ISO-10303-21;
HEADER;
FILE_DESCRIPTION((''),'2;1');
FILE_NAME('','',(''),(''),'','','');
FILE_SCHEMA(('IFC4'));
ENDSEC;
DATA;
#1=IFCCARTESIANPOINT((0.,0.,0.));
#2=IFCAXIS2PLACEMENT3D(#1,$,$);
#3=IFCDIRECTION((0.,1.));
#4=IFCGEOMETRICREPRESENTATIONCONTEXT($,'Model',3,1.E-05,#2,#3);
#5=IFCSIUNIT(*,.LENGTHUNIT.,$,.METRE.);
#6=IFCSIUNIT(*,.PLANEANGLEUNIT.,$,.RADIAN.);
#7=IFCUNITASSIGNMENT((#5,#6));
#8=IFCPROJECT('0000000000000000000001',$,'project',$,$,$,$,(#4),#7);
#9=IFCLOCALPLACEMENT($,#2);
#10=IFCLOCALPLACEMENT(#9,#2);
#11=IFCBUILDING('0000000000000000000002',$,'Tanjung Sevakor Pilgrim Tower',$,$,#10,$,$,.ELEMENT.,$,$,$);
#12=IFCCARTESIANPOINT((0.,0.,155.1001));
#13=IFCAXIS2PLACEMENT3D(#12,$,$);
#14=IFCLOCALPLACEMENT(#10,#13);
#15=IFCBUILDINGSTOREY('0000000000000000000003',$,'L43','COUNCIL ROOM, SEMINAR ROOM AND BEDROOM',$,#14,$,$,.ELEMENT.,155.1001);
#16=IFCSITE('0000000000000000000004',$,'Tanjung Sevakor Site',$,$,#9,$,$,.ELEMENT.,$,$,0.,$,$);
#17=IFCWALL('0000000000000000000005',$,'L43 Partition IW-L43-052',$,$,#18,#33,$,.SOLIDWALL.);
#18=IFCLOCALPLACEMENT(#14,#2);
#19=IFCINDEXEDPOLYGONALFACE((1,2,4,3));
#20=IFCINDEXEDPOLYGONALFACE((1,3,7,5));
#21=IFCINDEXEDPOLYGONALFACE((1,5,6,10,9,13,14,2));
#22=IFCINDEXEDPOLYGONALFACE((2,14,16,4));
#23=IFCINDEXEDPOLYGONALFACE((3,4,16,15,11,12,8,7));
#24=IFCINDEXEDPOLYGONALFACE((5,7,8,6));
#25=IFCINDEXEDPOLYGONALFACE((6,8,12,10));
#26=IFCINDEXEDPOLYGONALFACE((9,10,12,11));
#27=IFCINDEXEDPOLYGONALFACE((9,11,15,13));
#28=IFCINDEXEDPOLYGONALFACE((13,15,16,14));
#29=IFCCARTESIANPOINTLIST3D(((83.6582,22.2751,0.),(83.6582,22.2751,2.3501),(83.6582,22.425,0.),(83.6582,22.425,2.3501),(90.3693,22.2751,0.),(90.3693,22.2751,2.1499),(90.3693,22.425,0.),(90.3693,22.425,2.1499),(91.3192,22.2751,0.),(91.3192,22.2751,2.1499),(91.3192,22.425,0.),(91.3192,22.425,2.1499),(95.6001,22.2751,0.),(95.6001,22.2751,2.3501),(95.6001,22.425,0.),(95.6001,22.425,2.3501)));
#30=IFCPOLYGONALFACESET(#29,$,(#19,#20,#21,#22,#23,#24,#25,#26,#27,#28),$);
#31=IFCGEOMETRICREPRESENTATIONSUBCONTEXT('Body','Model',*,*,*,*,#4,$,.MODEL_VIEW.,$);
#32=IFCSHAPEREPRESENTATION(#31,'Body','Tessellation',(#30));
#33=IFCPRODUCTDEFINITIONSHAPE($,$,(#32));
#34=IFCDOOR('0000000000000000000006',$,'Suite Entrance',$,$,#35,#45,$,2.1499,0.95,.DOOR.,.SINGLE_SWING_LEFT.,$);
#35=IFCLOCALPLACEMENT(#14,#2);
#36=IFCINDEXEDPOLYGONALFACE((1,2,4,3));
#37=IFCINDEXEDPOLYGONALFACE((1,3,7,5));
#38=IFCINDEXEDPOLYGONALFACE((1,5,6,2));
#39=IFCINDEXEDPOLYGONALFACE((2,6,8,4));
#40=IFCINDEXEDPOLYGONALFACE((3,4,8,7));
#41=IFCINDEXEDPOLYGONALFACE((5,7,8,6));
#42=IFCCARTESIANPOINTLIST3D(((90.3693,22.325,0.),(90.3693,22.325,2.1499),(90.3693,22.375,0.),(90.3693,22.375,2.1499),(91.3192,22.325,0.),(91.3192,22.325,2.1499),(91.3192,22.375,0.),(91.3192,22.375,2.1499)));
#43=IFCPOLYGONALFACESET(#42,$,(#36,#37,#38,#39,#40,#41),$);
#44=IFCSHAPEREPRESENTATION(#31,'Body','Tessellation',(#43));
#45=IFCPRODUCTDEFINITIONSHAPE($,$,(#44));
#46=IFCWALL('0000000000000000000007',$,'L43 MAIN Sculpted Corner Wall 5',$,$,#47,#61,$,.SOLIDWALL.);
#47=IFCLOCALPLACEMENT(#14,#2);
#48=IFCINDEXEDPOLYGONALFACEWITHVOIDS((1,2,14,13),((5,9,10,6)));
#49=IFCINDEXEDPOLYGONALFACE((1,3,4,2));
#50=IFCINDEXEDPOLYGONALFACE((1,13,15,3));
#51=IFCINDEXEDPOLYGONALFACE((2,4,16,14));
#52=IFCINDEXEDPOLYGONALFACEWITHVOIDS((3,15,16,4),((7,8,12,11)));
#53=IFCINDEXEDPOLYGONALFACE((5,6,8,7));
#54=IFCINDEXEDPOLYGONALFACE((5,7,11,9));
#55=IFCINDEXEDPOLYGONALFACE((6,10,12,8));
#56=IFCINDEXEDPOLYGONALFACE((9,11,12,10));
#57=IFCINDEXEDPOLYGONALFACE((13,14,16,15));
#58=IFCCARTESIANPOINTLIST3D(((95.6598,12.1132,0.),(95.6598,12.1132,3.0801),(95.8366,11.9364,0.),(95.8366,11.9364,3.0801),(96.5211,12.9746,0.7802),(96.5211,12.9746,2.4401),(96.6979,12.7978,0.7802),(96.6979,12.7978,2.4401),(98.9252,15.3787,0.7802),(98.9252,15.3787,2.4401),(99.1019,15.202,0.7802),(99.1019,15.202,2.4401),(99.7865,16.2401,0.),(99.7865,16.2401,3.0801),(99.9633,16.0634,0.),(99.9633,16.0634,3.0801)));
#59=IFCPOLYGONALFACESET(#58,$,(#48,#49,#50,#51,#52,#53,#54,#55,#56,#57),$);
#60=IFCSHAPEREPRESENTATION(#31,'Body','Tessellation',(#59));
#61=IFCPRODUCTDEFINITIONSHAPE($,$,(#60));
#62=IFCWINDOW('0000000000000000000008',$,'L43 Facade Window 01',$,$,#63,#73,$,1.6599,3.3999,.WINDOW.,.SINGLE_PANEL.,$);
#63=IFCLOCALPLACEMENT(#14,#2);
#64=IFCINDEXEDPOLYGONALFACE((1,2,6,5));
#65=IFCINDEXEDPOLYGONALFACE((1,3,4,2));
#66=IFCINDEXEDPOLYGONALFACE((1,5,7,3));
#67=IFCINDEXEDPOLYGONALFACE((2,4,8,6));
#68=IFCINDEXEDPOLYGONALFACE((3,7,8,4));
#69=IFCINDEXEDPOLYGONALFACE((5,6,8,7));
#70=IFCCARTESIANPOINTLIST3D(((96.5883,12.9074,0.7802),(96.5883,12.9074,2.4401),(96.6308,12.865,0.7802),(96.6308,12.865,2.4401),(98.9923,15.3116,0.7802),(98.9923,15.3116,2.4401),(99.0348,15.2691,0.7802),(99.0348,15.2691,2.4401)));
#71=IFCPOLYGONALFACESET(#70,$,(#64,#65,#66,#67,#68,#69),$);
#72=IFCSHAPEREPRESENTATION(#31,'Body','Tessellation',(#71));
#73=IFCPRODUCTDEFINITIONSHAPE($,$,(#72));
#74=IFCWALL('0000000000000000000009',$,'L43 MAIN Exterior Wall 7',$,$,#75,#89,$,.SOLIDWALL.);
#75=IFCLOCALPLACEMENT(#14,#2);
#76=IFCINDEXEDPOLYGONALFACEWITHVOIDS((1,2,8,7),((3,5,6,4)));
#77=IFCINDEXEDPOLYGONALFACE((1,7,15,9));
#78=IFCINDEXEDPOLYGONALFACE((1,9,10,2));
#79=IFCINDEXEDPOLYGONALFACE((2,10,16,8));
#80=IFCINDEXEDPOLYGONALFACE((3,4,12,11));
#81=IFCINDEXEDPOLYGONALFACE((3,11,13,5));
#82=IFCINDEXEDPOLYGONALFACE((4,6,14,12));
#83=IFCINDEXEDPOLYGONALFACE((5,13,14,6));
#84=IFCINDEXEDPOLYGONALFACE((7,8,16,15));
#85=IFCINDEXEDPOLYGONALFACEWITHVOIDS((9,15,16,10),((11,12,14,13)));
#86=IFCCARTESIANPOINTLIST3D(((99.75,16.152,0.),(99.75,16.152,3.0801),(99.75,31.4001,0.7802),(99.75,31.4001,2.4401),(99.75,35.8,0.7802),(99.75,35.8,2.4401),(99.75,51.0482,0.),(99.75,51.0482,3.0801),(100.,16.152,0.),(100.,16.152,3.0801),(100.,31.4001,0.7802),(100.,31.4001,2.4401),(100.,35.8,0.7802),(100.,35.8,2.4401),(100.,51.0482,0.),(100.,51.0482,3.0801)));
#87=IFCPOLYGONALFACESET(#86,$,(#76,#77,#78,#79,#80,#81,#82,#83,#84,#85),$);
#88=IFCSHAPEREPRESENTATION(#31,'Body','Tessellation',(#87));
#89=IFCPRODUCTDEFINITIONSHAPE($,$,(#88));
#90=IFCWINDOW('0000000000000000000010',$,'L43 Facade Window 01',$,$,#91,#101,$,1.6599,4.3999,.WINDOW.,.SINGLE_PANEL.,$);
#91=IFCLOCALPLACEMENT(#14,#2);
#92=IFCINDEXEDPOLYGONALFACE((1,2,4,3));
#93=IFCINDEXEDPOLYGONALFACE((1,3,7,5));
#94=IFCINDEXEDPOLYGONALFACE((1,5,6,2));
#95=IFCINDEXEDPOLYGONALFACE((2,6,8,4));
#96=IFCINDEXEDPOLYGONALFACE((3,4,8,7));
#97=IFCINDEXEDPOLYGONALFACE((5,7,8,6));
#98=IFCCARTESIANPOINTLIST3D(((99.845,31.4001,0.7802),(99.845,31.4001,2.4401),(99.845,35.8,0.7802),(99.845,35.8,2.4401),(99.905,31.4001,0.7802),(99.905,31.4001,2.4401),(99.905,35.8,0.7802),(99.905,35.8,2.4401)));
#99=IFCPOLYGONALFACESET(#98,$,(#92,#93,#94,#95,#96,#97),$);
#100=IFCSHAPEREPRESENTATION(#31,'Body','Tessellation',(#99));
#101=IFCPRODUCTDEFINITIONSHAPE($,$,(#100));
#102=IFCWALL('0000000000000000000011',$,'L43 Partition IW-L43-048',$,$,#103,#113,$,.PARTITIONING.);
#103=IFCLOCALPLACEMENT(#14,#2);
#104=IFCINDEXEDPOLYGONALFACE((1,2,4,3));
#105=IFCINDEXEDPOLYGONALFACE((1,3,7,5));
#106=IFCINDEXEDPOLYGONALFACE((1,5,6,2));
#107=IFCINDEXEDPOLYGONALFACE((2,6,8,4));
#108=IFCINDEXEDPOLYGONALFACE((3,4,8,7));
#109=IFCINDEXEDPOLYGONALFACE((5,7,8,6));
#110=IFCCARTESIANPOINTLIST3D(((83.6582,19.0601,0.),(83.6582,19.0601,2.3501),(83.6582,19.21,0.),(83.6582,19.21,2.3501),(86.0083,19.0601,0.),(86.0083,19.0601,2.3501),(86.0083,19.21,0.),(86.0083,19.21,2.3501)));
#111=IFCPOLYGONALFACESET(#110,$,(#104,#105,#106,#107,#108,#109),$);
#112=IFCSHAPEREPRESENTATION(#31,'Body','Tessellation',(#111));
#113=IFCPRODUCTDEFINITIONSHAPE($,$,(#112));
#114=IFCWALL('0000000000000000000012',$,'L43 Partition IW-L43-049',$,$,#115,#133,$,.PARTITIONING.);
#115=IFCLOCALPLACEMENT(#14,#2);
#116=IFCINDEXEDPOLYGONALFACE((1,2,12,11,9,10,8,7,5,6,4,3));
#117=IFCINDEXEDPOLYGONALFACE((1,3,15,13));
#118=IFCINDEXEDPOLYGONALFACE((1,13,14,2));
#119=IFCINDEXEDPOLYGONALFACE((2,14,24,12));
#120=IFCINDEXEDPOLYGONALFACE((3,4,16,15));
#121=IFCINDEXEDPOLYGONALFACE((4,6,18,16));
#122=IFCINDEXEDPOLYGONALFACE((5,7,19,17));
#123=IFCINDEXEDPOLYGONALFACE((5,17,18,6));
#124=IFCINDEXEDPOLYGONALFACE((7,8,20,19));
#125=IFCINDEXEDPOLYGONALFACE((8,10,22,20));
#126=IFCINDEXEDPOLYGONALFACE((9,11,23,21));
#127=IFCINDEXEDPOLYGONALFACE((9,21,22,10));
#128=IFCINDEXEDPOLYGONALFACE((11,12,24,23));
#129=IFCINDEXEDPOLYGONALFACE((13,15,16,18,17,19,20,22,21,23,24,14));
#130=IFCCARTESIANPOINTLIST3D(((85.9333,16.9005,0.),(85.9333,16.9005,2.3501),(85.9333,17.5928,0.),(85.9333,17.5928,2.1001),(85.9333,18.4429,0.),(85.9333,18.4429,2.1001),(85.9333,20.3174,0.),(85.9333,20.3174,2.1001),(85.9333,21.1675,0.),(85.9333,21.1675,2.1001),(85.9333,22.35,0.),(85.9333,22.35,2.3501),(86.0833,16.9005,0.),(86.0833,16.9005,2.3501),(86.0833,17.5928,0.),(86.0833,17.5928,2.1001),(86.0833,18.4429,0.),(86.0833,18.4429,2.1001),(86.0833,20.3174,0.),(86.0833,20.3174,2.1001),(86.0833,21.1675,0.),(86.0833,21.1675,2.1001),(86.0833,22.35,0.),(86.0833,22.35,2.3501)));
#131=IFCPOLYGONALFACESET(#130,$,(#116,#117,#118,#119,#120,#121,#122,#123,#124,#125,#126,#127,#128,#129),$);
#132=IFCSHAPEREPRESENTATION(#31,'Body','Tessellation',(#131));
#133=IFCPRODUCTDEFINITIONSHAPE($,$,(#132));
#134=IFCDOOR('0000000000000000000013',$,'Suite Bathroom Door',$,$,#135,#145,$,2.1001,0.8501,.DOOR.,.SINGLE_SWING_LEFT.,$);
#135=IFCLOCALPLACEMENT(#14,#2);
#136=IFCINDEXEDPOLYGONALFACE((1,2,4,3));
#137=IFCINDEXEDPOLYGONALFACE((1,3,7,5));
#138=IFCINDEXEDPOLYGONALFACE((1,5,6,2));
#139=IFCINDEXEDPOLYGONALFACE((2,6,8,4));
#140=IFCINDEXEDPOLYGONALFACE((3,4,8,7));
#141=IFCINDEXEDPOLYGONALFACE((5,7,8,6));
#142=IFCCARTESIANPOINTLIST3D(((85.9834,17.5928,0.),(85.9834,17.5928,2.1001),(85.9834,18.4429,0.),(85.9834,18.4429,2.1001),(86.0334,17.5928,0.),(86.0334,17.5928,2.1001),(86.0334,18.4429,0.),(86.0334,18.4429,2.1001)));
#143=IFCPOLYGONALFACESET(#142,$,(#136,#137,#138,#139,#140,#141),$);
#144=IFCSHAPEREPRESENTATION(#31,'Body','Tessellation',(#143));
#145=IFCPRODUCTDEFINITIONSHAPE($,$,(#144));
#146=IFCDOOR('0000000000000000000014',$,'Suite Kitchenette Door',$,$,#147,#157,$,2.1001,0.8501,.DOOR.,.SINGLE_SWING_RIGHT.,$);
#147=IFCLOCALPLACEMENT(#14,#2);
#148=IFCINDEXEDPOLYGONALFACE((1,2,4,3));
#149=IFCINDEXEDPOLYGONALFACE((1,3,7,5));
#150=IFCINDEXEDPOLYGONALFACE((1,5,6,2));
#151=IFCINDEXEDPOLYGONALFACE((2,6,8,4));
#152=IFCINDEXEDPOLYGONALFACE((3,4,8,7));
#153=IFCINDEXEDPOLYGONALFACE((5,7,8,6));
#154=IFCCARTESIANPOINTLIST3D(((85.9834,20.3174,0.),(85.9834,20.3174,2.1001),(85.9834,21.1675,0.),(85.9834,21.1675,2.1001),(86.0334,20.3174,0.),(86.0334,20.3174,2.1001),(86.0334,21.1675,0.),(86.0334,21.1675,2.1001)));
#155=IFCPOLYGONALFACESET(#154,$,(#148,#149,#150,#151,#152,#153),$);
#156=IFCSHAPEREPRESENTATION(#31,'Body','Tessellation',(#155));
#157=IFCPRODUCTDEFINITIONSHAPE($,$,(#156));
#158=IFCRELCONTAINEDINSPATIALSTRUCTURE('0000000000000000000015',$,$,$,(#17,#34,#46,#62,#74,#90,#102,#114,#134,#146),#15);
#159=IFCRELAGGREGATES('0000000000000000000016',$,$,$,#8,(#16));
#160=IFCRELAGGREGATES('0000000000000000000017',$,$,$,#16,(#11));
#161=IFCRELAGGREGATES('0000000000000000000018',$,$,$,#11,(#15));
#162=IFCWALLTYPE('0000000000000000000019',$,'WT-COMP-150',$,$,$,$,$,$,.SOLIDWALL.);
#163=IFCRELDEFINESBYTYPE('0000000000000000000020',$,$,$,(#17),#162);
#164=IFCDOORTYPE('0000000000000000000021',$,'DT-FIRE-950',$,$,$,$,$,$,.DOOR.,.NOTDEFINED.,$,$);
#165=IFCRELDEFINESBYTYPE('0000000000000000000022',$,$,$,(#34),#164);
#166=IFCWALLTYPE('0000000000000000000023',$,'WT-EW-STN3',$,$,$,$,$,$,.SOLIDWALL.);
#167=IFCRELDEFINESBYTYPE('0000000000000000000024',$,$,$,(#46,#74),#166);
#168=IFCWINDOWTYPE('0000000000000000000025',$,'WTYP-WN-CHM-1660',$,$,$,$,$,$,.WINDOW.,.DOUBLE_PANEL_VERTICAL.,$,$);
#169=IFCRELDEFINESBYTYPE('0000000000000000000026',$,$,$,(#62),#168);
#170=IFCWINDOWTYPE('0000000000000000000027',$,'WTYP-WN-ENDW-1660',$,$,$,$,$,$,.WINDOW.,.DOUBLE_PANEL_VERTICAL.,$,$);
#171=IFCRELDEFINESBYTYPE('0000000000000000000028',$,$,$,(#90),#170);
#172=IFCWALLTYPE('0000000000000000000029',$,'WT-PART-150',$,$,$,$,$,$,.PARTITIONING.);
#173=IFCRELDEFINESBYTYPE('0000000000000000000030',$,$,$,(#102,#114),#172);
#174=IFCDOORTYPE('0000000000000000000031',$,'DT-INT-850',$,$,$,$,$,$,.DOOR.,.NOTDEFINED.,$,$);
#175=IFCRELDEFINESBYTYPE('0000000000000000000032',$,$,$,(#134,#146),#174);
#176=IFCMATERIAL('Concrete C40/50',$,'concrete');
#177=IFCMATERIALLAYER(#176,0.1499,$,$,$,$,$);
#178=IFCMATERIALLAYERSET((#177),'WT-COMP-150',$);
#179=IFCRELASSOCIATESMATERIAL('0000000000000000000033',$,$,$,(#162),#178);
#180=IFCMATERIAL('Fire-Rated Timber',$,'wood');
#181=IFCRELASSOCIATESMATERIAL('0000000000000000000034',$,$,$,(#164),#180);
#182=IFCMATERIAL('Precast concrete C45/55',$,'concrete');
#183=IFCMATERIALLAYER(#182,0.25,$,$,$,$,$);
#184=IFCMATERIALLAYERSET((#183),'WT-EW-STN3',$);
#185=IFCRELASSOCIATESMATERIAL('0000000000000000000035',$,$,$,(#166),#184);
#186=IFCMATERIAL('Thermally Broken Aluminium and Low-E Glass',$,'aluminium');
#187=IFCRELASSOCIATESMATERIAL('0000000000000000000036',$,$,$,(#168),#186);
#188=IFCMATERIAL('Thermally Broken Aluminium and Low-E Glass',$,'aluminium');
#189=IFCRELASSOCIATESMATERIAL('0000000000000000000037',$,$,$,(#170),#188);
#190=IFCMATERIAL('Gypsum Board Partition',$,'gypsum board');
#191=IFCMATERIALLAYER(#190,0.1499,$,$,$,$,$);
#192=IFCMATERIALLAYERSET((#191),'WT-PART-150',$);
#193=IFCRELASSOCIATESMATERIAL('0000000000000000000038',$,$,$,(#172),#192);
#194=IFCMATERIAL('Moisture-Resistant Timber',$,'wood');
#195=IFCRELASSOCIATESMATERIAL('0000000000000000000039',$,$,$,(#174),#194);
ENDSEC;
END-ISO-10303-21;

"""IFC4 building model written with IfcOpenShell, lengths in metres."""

from ifc_helpers import new_model, si_unit, direction, frame, frame_2d, origin, place, context, subcontext, project, spatial, rectangle, extrude, material, layer, layer_set, type_object, element, fill, save


model = new_model("IFC4")

# Units and contexts
model_context = context("Model", 3, precision=1e-05, world=origin(), true_north=direction((0.0, 1.0)))
body_context = subcontext(model_context, "Body", "Model", "MODEL_VIEW")
ifc_project = project(units=[si_unit("LENGTHUNIT", "METRE"), si_unit("PLANEANGLEUNIT", "RADIAN")], contexts=[model_context])

# Site, building, storey
site_placement = place(None, origin())
site = spatial("IfcSite", under=ifc_project, at=site_placement, Name="Tanjung Sevakor Site", CompositionType="ELEMENT", RefElevation=0.0)
building_placement = place(site_placement, origin())
building = spatial("IfcBuilding", under=site, at=building_placement, Name="Tanjung Sevakor Pilgrim Tower", CompositionType="ELEMENT")
storey_placement = place(building_placement, frame((0.0, 0.0, 155.1001)))
storey = spatial("IfcBuildingStorey", under=building, at=storey_placement, Name="L43", Description="COUNCIL ROOM, SEMINAR ROOM AND BEDROOM", CompositionType="ELEMENT", Elevation=155.1001)

# Shared definitions
ifc_material_1 = material(Name="Concrete C40/50", Category="concrete")
ifc_layer_1 = layer(ifc_material_1, 0.1499)
ifc_layer_set_1 = layer_set([ifc_layer_1], Name="WT-COMP-150")
wall_type_1 = type_object("IfcWallType", Name="WT-COMP-150", PredefinedType="SOLIDWALL", material=ifc_layer_set_1)

# Wall, opening, door
wall_1_placement = place(storey_placement, frame((83.6582, 22.3501, 0.0), z_axis=(0.0, 0.0, 1.0), x_axis=(1.0, 0.0, 0.0)))
wall_1 = element("IfcWall", 1, at=wall_1_placement, inside=storey, type_object=wall_type_1, Name="L43 Partition IW-L43-052", PredefinedType="SOLIDWALL", context=body_context, shape_type="SweptSolid", body=[
    extrude(rectangle(XDim=11.9419, YDim=0.1499, at=frame_2d((5.9709, 0.0))), origin(), (0.0, 0.0, 1.0), 2.3501),
])
opening_1_placement = place(wall_1_placement, frame((6.7109, 0.0, 0.0)))
opening_1 = element("IfcOpeningElement", 2, at=opening_1_placement, cuts=wall_1, PredefinedType="OPENING", context=body_context, shape_type="SweptSolid", body=[
    extrude(rectangle(XDim=0.95, YDim=2.1499, at=frame_2d((0.4751, 1.075))), frame((0.0, 0.085, 0.0), z_axis=(0.0, -1.0, 0.0), x_axis=(1.0, 0.0, 0.0)), (0.0, 0.0, 1.0), 0.1699),
])
ifc_material_2 = material(Name="Fire-Rated Timber", Category="wood")
door_type_1 = type_object("IfcDoorType", Name="DT-FIRE-950", OperationType="NOTDEFINED", PredefinedType="DOOR", material=ifc_material_2)
door_1_placement = place(opening_1_placement, origin())
door_1 = element("IfcDoor", 3, at=door_1_placement, inside=storey, type_object=door_type_1, Name="Suite Entrance", OperationType="SINGLE_SWING_LEFT", OverallHeight=2.1499, OverallWidth=0.95, PredefinedType="DOOR", context=body_context, shape_type="SweptSolid", body=[
    extrude(rectangle(XDim=0.95, YDim=2.1499, at=frame_2d((0.4751, 1.075))), frame((0.0, 0.0249, 0.0), z_axis=(0.0, -1.0, 0.0), x_axis=(1.0, 0.0, 0.0)), (0.0, 0.0, 1.0), 0.05),
])
fill(opening_1, door_1)

# Walls, openings, windows
ifc_material_3 = material(Name="Precast concrete C45/55", Category="concrete")
ifc_layer_2 = layer(ifc_material_3, 0.25)
ifc_layer_set_2 = layer_set([ifc_layer_2], Name="WT-EW-STN3")
wall_type_2 = type_object("IfcWallType", Name="WT-EW-STN3", PredefinedType="SOLIDWALL", material=ifc_layer_set_2)
wall_2_placement = place(storey_placement, frame((95.7483, 12.0249, 0.0), z_axis=(0.0, 0.0, 1.0), x_axis=(0.707086, 0.707128, 0.0)))
wall_2 = element("IfcWall", 4, at=wall_2_placement, inside=storey, type_object=wall_type_2, Name="L43 MAIN Sculpted Corner Wall 5", PredefinedType="SOLIDWALL", context=body_context, shape_type="SweptSolid", body=[
    extrude(rectangle(XDim=5.8362, YDim=0.25, at=frame_2d((2.918, 0.0))), origin(), (0.0, 0.0, 1.0), 3.0801),
])
opening_2_placement = place(wall_2_placement, frame((1.218, 0.0, 0.78)))
opening_2 = element("IfcOpeningElement", 5, at=opening_2_placement, cuts=wall_2, PredefinedType="OPENING", context=body_context, shape_type="SweptSolid", body=[
    extrude(rectangle(XDim=3.3999, YDim=1.6599, at=frame_2d((1.7, 0.8301))), frame((0.0, 0.135, 0.0), z_axis=(0.0, -1.0, 0.0), x_axis=(1.0, 0.0, 0.0)), (0.0, 0.0, 1.0), 0.27),
])
ifc_material_4 = material(Name="Thermally Broken Aluminium and Low-E Glass", Category="aluminium")
window_type_1 = type_object("IfcWindowType", Name="WTYP-WN-CHM-1660", PartitioningType="DOUBLE_PANEL_VERTICAL", PredefinedType="WINDOW", material=ifc_material_4)
window_1_placement = place(opening_2_placement, origin())
window_1 = element("IfcWindow", 6, at=window_1_placement, inside=storey, type_object=window_type_1, Name="L43 Facade Window 01", OverallHeight=1.6599, OverallWidth=3.3999, PartitioningType="SINGLE_PANEL", PredefinedType="WINDOW", context=body_context, shape_type="SweptSolid", body=[
    extrude(rectangle(XDim=3.3999, YDim=1.6599, at=frame_2d((1.7, 0.8301))), frame((0.0, 0.03, 0.0), z_axis=(0.0, -1.0, 0.0), x_axis=(1.0, 0.0, 0.0)), (0.0, 0.0, 1.0), 0.0601),
])
fill(opening_2, window_1)
wall_3_placement = place(storey_placement, frame((99.875, 16.1519, 0.0), z_axis=(0.0, 0.0, 1.0), x_axis=(0.0, 1.0, 0.0)))
wall_3 = element("IfcWall", 7, at=wall_3_placement, inside=storey, type_object=wall_type_2, Name="L43 MAIN Exterior Wall 7", PredefinedType="SOLIDWALL", context=body_context, shape_type="SweptSolid", body=[
    extrude(rectangle(XDim=34.8962, YDim=0.25, at=frame_2d((17.4482, 0.0))), origin(), (0.0, 0.0, 1.0), 3.0801),
])
opening_3_placement = place(wall_3_placement, frame((15.2483, 0.0, 0.78)))
opening_3 = element("IfcOpeningElement", 8, at=opening_3_placement, cuts=wall_3, PredefinedType="OPENING", context=body_context, shape_type="SweptSolid", body=[
    extrude(rectangle(XDim=4.3999, YDim=1.6599, at=frame_2d((2.2, 0.8301))), frame((0.0, 0.135, 0.0), z_axis=(0.0, -1.0, 0.0), x_axis=(1.0, 0.0, 0.0)), (0.0, 0.0, 1.0), 0.27),
])
ifc_material_5 = material(Name="Thermally Broken Aluminium and Low-E Glass", Category="aluminium")
window_type_2 = type_object("IfcWindowType", Name="WTYP-WN-ENDW-1660", PartitioningType="DOUBLE_PANEL_VERTICAL", PredefinedType="WINDOW", material=ifc_material_5)
window_2_placement = place(opening_3_placement, origin())
window_2 = element("IfcWindow", 9, at=window_2_placement, inside=storey, type_object=window_type_2, Name="L43 Facade Window 01", OverallHeight=1.6599, OverallWidth=4.3999, PartitioningType="SINGLE_PANEL", PredefinedType="WINDOW", context=body_context, shape_type="SweptSolid", body=[
    extrude(rectangle(XDim=4.3999, YDim=1.6599, at=frame_2d((2.2, 0.8301))), frame((0.0, 0.03, 0.0), z_axis=(0.0, -1.0, 0.0), x_axis=(1.0, 0.0, 0.0)), (0.0, 0.0, 1.0), 0.0601),
])
fill(opening_3, window_2)

# Wall
ifc_material_6 = material(Name="Gypsum Board Partition", Category="gypsum board")
ifc_layer_3 = layer(ifc_material_6, 0.1499)
ifc_layer_set_3 = layer_set([ifc_layer_3], Name="WT-PART-150")
wall_type_3 = type_object("IfcWallType", Name="WT-PART-150", PredefinedType="PARTITIONING", material=ifc_layer_set_3)
wall_4_placement = place(storey_placement, frame((83.6582, 19.135, 0.0), z_axis=(0.0, 0.0, 1.0), x_axis=(1.0, 0.0, 0.0)))
element("IfcWall", 10, at=wall_4_placement, inside=storey, type_object=wall_type_3, Name="L43 Partition IW-L43-048", PredefinedType="PARTITIONING", context=body_context, shape_type="SweptSolid", body=[
    extrude(rectangle(XDim=2.3501, YDim=0.1499, at=frame_2d((1.175, 0.0))), origin(), (0.0, 0.0, 1.0), 2.3501),
])

# Wall, openings, doors
wall_5_placement = place(storey_placement, frame((86.0083, 16.9006, 0.0), z_axis=(0.0, 0.0, 1.0), x_axis=(0.0, 1.0, 0.0)))
wall_5 = element("IfcWall", 11, at=wall_5_placement, inside=storey, type_object=wall_type_3, Name="L43 Partition IW-L43-049", PredefinedType="PARTITIONING", context=body_context, shape_type="SweptSolid", body=[
    extrude(rectangle(XDim=5.4495, YDim=0.1499, at=frame_2d((2.7246, 0.0))), origin(), (0.0, 0.0, 1.0), 2.3501),
])
opening_4_placement = place(wall_5_placement, frame((0.6921, 0.0, 0.0)))
opening_4 = element("IfcOpeningElement", 12, at=opening_4_placement, cuts=wall_5, PredefinedType="OPENING", context=body_context, shape_type="SweptSolid", body=[
    extrude(rectangle(XDim=0.8501, YDim=2.1001, at=frame_2d((0.425, 1.05))), frame((0.0, 0.085, 0.0), z_axis=(0.0, -1.0, 0.0), x_axis=(1.0, 0.0, 0.0)), (0.0, 0.0, 1.0), 0.1699),
])
opening_5_placement = place(wall_5_placement, frame((3.4167, 0.0, 0.0)))
opening_5 = element("IfcOpeningElement", 13, at=opening_5_placement, cuts=wall_5, PredefinedType="OPENING", context=body_context, shape_type="SweptSolid", body=[
    extrude(rectangle(XDim=0.8501, YDim=2.1001, at=frame_2d((0.425, 1.05))), frame((0.0, 0.085, 0.0), z_axis=(0.0, -1.0, 0.0), x_axis=(1.0, 0.0, 0.0)), (0.0, 0.0, 1.0), 0.1699),
])
ifc_material_7 = material(Name="Moisture-Resistant Timber", Category="wood")
door_type_2 = type_object("IfcDoorType", Name="DT-INT-850", OperationType="NOTDEFINED", PredefinedType="DOOR", material=ifc_material_7)
door_2_placement = place(opening_4_placement, origin())
door_2 = element("IfcDoor", 14, at=door_2_placement, inside=storey, type_object=door_type_2, Name="Suite Bathroom Door", OperationType="SINGLE_SWING_LEFT", OverallHeight=2.1001, OverallWidth=0.8501, PredefinedType="DOOR", context=body_context, shape_type="SweptSolid", body=[
    extrude(rectangle(XDim=0.8501, YDim=2.1001, at=frame_2d((0.425, 1.05))), frame((0.0, 0.0249, 0.0), z_axis=(0.0, -1.0, 0.0), x_axis=(1.0, 0.0, 0.0)), (0.0, 0.0, 1.0), 0.05),
])
fill(opening_4, door_2)
door_3_placement = place(opening_5_placement, origin())
door_3 = element("IfcDoor", 15, at=door_3_placement, inside=storey, type_object=door_type_2, Name="Suite Kitchenette Door", OperationType="SINGLE_SWING_RIGHT", OverallHeight=2.1001, OverallWidth=0.8501, PredefinedType="DOOR", context=body_context, shape_type="SweptSolid", body=[
    extrude(rectangle(XDim=0.8501, YDim=2.1001, at=frame_2d((0.425, 1.05))), frame((0.0, 0.0249, 0.0), z_axis=(0.0, -1.0, 0.0), x_axis=(1.0, 0.0, 0.0)), (0.0, 0.0, 1.0), 0.05),
])
fill(opening_5, door_3)

save(model, "model.ifc")
